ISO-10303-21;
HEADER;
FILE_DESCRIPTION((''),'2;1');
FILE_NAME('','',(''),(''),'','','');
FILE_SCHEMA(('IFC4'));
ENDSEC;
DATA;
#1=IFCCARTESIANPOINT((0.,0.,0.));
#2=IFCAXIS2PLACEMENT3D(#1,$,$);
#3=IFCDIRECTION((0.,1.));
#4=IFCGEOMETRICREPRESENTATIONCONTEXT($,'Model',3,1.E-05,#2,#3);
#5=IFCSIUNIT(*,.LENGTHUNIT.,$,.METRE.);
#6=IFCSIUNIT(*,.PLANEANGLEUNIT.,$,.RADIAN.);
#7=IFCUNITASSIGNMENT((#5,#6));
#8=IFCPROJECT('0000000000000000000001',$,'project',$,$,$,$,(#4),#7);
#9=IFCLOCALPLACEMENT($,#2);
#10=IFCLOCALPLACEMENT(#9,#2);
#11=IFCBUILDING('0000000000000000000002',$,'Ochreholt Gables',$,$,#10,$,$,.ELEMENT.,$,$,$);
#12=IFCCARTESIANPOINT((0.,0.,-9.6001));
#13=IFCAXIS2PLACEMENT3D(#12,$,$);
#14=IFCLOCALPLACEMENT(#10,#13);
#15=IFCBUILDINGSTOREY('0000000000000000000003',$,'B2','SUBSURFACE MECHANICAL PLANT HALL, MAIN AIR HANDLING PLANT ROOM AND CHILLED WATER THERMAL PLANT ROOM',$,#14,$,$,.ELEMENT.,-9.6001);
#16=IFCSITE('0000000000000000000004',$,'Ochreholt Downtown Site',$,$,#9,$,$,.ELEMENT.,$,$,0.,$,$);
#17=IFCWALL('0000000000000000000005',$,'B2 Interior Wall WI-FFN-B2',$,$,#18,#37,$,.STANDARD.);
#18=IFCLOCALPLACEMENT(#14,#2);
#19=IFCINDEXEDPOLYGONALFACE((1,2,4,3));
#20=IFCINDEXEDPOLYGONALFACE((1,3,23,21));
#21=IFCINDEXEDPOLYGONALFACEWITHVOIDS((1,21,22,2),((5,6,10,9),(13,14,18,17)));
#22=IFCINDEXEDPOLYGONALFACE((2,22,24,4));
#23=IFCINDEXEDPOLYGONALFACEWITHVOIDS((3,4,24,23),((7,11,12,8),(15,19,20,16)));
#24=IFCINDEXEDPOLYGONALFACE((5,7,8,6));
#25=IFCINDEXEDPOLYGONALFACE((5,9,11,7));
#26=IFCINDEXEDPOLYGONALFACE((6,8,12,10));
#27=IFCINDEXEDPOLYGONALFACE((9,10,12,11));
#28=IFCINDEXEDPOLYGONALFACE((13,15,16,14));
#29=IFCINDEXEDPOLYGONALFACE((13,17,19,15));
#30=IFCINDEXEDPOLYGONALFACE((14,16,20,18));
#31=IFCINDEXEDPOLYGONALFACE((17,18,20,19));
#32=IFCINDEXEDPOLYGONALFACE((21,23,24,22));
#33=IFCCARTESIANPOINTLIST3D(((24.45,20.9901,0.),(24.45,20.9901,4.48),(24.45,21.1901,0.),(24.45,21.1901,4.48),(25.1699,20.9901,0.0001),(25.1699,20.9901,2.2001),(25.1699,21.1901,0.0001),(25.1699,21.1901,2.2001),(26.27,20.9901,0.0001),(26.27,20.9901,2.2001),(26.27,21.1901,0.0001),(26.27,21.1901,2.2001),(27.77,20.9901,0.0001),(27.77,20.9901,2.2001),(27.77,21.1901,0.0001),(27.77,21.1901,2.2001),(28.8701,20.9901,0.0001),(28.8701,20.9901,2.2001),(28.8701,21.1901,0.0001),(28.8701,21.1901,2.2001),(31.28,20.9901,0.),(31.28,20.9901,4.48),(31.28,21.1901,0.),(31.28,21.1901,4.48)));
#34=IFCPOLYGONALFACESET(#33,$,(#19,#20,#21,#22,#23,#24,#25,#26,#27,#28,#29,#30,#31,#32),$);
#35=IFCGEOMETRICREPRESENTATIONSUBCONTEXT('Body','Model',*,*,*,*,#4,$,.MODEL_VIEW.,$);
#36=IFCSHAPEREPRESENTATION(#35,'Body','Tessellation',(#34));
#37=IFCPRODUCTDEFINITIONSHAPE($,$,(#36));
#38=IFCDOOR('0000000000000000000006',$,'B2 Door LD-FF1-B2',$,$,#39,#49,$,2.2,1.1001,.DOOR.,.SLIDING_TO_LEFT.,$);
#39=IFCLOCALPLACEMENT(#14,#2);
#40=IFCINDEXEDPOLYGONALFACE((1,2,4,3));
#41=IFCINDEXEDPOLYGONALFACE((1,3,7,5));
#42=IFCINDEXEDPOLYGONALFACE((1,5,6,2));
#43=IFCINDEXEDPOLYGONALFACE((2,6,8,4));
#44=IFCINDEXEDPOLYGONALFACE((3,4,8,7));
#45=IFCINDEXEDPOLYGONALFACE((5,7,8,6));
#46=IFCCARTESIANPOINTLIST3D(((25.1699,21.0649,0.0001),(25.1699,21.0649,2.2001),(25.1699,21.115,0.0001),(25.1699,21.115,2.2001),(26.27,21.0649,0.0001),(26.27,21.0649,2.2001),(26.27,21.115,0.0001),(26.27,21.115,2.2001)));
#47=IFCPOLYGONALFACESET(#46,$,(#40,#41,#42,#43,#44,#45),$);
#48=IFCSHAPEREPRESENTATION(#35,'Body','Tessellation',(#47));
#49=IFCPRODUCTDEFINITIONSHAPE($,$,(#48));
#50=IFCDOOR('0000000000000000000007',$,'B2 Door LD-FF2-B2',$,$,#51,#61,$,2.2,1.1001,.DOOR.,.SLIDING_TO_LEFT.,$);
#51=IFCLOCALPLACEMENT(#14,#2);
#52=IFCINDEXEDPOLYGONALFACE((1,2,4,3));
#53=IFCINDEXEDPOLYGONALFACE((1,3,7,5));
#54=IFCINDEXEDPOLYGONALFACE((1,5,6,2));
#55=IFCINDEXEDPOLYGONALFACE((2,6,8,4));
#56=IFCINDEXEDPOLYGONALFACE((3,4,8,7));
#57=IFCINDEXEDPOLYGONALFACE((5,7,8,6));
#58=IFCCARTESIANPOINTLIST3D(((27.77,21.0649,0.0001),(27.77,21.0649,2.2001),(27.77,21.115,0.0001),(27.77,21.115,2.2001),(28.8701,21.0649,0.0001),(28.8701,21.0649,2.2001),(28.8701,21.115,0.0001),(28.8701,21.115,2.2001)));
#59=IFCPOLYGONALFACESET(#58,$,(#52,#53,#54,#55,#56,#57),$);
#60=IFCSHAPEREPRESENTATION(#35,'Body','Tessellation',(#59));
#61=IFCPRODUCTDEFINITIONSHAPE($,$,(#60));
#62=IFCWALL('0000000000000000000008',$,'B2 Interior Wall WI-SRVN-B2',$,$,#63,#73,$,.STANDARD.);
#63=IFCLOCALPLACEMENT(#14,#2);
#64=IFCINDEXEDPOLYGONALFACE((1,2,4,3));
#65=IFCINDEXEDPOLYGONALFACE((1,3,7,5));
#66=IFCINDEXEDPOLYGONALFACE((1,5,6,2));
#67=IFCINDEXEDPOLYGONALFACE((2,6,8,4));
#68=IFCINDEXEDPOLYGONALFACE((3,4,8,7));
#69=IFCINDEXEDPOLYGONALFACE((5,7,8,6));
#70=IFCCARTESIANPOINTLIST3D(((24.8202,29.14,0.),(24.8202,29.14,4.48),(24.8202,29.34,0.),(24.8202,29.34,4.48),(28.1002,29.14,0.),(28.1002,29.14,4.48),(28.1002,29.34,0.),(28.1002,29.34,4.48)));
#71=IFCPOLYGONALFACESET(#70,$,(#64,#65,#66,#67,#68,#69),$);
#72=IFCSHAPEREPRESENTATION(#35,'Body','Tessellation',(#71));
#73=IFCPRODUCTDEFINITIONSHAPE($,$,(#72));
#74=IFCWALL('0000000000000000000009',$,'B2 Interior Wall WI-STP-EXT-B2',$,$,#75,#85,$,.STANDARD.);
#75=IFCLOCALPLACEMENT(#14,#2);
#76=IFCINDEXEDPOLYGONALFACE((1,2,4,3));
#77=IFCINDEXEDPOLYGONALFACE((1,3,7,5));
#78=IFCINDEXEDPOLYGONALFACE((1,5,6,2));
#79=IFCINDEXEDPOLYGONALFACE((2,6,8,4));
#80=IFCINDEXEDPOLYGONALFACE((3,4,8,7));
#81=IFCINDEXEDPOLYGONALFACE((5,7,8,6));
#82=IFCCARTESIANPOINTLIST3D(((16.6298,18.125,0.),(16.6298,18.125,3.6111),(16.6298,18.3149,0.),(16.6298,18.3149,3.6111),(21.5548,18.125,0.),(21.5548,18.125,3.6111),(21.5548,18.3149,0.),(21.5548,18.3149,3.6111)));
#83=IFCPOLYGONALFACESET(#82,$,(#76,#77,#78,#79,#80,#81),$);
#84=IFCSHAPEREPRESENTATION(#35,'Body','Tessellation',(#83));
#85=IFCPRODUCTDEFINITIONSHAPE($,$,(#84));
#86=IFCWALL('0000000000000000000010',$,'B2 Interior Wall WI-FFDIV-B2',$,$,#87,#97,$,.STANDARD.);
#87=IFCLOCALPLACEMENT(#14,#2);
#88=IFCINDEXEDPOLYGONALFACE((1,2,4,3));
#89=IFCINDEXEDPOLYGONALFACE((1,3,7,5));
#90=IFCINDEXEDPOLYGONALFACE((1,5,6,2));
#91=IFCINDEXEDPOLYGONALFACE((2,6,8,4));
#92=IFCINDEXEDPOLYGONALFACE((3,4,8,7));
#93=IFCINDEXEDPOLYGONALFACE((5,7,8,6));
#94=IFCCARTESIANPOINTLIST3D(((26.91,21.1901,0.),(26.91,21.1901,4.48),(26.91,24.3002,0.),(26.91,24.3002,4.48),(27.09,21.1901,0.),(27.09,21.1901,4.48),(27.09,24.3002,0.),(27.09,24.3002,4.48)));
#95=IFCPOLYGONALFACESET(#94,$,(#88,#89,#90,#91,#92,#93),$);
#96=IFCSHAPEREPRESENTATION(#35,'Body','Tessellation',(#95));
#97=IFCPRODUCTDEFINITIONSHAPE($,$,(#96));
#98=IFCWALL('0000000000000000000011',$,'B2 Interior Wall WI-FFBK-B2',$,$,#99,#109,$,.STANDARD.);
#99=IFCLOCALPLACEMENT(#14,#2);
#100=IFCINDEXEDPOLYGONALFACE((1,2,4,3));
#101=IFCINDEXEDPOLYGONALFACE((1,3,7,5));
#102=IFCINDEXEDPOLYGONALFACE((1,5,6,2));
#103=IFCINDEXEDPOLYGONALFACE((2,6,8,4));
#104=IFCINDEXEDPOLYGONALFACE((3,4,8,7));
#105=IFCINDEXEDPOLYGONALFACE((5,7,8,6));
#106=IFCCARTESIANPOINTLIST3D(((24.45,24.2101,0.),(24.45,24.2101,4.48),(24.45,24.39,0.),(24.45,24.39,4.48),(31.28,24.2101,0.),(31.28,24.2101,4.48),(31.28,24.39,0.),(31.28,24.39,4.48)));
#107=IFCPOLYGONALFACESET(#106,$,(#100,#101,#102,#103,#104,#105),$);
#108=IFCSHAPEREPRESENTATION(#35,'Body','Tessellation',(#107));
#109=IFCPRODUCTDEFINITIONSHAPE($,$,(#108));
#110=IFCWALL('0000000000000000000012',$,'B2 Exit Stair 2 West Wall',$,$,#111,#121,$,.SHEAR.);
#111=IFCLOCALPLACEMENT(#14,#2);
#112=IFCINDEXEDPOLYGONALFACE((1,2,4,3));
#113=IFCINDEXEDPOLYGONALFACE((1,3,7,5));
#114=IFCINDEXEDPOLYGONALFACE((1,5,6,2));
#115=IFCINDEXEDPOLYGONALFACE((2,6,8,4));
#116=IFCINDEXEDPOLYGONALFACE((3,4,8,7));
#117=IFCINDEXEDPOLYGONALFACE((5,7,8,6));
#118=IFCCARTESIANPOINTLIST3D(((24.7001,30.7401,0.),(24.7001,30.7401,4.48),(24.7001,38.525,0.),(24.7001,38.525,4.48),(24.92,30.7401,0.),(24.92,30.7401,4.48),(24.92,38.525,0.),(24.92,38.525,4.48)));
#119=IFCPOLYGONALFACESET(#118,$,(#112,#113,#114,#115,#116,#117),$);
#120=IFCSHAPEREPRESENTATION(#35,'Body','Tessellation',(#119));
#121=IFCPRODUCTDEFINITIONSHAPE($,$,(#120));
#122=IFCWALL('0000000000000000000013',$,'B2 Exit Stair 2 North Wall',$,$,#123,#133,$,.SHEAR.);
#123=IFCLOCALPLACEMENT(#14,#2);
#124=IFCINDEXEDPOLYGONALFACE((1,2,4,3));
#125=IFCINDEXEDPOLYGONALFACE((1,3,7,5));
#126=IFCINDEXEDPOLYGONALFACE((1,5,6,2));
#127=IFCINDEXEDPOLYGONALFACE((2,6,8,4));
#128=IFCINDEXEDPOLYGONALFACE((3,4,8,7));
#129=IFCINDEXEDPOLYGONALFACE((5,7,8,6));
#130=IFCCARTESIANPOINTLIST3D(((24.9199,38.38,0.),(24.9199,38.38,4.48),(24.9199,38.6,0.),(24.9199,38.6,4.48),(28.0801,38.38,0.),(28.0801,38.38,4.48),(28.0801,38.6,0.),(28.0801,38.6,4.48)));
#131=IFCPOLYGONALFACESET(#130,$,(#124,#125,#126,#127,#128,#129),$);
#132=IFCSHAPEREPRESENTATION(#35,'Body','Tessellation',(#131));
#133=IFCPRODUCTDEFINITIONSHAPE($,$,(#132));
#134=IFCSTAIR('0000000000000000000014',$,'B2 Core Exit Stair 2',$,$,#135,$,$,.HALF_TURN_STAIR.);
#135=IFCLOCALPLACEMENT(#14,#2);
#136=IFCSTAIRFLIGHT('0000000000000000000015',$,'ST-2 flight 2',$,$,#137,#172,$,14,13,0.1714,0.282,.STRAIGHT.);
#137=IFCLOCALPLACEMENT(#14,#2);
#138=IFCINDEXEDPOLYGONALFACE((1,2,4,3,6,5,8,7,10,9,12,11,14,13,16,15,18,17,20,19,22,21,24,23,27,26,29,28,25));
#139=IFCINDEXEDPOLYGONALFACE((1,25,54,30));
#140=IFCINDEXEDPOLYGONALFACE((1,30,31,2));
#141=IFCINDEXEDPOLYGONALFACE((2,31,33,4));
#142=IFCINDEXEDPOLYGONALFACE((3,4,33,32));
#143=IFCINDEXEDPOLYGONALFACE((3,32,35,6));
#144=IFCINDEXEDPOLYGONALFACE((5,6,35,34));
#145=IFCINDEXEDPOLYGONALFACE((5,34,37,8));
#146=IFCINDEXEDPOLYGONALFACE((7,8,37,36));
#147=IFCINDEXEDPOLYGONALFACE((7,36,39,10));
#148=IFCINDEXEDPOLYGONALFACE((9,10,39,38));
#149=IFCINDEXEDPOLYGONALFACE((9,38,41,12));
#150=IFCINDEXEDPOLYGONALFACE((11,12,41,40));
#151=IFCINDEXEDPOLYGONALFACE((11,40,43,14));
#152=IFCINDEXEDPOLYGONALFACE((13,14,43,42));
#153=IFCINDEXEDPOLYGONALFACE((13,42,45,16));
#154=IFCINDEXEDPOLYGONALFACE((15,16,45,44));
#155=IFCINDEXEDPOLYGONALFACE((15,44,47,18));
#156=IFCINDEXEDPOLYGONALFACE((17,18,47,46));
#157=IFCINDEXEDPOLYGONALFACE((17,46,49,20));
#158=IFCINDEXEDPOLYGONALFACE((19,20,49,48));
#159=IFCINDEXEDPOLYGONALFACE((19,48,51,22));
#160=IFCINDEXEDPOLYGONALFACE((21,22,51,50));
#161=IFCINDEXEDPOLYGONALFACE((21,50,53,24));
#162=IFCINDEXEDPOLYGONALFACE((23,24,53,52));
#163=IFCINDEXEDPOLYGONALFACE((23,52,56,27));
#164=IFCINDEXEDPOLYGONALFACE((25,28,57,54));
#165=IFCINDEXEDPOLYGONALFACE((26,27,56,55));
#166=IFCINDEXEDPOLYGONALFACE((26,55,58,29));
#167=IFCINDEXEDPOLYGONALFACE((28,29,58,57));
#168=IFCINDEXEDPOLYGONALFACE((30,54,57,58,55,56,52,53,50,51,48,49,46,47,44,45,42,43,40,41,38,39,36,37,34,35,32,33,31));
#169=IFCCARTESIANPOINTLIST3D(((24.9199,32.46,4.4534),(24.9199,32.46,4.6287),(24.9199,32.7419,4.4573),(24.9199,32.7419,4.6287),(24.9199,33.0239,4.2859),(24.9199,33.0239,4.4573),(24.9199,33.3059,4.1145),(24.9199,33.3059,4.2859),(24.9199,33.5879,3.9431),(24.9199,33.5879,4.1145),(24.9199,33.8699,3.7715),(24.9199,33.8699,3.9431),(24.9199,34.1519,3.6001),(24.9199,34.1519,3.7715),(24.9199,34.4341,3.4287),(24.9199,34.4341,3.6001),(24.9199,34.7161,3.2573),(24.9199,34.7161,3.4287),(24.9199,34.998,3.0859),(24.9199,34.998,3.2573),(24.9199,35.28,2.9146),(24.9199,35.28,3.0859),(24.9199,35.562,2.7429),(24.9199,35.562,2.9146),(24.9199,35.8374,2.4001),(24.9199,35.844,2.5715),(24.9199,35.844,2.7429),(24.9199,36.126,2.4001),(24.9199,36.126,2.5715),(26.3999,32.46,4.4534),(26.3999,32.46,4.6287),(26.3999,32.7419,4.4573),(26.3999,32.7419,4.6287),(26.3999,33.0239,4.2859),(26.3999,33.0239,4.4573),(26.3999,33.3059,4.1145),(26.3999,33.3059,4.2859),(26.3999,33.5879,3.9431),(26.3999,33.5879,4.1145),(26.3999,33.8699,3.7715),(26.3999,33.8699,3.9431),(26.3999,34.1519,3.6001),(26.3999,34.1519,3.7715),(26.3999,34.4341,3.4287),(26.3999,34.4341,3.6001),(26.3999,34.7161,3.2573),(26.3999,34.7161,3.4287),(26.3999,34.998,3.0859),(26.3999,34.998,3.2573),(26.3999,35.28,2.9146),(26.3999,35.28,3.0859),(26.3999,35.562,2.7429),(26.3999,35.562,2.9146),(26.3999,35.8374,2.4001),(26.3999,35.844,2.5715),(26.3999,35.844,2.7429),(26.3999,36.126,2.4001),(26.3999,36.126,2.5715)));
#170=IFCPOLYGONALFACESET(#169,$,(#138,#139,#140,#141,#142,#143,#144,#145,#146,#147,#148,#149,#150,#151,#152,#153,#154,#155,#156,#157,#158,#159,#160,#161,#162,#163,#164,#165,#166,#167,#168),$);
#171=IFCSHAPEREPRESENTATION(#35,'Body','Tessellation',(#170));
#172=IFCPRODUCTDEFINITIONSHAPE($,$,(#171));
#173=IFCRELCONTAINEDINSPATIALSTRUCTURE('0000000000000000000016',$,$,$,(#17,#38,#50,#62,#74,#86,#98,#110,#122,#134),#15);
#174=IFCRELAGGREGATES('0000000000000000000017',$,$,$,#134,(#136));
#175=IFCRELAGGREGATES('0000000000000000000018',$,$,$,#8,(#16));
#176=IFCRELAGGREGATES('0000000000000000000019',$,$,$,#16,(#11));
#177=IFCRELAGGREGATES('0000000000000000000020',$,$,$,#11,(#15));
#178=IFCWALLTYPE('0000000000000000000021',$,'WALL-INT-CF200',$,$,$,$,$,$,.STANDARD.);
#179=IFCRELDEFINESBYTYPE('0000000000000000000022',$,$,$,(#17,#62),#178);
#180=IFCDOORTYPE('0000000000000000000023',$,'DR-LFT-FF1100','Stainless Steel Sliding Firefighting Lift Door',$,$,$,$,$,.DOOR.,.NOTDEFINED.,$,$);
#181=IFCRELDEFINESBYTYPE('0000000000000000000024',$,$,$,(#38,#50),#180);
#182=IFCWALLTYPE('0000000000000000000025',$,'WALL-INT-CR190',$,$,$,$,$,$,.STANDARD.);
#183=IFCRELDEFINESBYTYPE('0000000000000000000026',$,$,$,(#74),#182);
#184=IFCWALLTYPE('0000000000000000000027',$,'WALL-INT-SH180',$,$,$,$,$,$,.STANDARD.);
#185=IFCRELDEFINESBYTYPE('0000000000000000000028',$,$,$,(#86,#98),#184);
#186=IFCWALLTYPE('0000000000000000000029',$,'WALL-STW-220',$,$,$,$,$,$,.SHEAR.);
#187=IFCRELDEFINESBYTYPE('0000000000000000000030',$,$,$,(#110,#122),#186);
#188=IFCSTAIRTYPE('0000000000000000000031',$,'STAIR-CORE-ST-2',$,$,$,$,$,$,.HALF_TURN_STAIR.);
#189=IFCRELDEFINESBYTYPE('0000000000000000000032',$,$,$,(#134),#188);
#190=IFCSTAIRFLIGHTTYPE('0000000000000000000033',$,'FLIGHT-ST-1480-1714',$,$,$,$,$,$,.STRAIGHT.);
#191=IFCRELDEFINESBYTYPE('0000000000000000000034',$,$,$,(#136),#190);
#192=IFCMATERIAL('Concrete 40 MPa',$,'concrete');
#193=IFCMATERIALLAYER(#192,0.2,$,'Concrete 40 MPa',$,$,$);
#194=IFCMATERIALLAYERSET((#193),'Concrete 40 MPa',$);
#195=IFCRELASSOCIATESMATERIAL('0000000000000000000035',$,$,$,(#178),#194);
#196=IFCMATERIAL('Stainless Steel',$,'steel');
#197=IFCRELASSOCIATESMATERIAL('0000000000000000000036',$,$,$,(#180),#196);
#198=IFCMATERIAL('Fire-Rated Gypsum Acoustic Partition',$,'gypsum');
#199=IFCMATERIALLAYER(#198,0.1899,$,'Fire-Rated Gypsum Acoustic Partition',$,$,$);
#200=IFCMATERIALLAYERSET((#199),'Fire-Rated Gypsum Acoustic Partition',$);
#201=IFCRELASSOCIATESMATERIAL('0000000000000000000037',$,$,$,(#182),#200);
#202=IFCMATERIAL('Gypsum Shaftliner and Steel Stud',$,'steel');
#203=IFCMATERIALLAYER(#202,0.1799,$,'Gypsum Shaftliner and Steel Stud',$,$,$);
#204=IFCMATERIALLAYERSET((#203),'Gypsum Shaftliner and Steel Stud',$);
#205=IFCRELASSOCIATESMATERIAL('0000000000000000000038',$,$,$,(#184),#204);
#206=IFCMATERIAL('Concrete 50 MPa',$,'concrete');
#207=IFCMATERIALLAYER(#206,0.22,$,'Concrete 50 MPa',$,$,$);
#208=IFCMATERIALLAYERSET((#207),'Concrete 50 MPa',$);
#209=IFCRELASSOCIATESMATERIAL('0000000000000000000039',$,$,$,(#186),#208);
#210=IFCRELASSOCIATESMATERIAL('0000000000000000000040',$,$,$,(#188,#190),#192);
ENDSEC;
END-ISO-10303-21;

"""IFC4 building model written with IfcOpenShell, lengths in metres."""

from ifc_helpers import new_model, si_unit, direction, frame, frame_2d, origin, place, context, subcontext, project, spatial, polyline, rectangle, outline, extrude, material, layer, layer_set, type_object, element, fill, aggregate, save


model = new_model("IFC4")

# Units and contexts
model_context = context("Model", 3, precision=1e-05, world=origin(), true_north=direction((0.0, 1.0)))
body_context = subcontext(model_context, "Body", "Model", "MODEL_VIEW")
ifc_project = project(units=[si_unit("LENGTHUNIT", "METRE"), si_unit("PLANEANGLEUNIT", "RADIAN")], contexts=[model_context])

# Site, building, storey
site_placement = place(None, origin())
site = spatial("IfcSite", under=ifc_project, at=site_placement, Name="Ochreholt Downtown Site", CompositionType="ELEMENT", RefElevation=0.0)
building_placement = place(site_placement, origin())
building = spatial("IfcBuilding", under=site, at=building_placement, Name="Ochreholt Gables", CompositionType="ELEMENT")
storey_placement = place(building_placement, frame((0.0, 0.0, -9.6001)))
storey = spatial("IfcBuildingStorey", under=building, at=storey_placement, Name="B2", Description="SUBSURFACE MECHANICAL PLANT HALL, MAIN AIR HANDLING PLANT ROOM AND CHILLED WATER THERMAL PLANT ROOM", CompositionType="ELEMENT", Elevation=-9.6001)

# Shared definitions
ifc_material_1 = material(Name="Concrete 50 MPa", Category="concrete")

# Wall, openings, doors
ifc_material_2 = material(Name="Concrete 40 MPa", Category="concrete")
ifc_layer_1 = layer(ifc_material_2, 0.2, Name="Concrete 40 MPa")
ifc_layer_set_1 = layer_set([ifc_layer_1], Name="Concrete 40 MPa")
wall_type_1 = type_object("IfcWallType", Name="WALL-INT-CF200", PredefinedType="STANDARD", material=ifc_layer_set_1)
wall_1_placement = place(storey_placement, frame((24.45, 21.0901, 0.0), z_axis=(0.0, 0.0, 1.0), x_axis=(1.0, 0.0, 0.0)))
wall_1 = element("IfcWall", 1, at=wall_1_placement, inside=storey, type_object=wall_type_1, Name="B2 Interior Wall WI-FFN-B2", PredefinedType="STANDARD", context=body_context, shape_type="SweptSolid", body=[
    extrude(rectangle(XDim=6.8301, YDim=0.2, at=frame_2d((3.415, 0.0))), origin(), (0.0, 0.0, 1.0), 4.48),
])
opening_1_placement = place(wall_1_placement, frame((0.72, 0.0, 0.0)))
opening_1 = element("IfcOpeningElement", 2, at=opening_1_placement, cuts=wall_1, PredefinedType="OPENING", context=body_context, shape_type="SweptSolid", body=[
    extrude(rectangle(XDim=1.1001, YDim=2.2, at=frame_2d((0.55, 1.1001))), frame((0.0, 0.1099, 0.0), z_axis=(0.0, -1.0, 0.0), x_axis=(1.0, 0.0, 0.0)), (0.0, 0.0, 1.0), 0.22),
])
opening_2_placement = place(wall_1_placement, frame((3.3201, 0.0, 0.0)))
opening_2 = element("IfcOpeningElement", 3, at=opening_2_placement, cuts=wall_1, PredefinedType="OPENING", context=body_context, shape_type="SweptSolid", body=[
    extrude(rectangle(XDim=1.1001, YDim=2.2, at=frame_2d((0.55, 1.1001))), frame((0.0, 0.1099, 0.0), z_axis=(0.0, -1.0, 0.0), x_axis=(1.0, 0.0, 0.0)), (0.0, 0.0, 1.0), 0.22),
])
ifc_material_3 = material(Name="Stainless Steel", Category="steel")
door_type_1 = type_object("IfcDoorType", Name="DR-LFT-FF1100", Description="Stainless Steel Sliding Firefighting Lift Door", OperationType="NOTDEFINED", PredefinedType="DOOR", material=ifc_material_3)
door_1_placement = place(opening_1_placement, origin())
door_1 = element("IfcDoor", 4, at=door_1_placement, inside=storey, type_object=door_type_1, Name="B2 Door LD-FF1-B2", OperationType="SLIDING_TO_LEFT", OverallHeight=2.2, OverallWidth=1.1001, PredefinedType="DOOR", context=body_context, shape_type="SweptSolid", body=[
    extrude(rectangle(XDim=1.1001, YDim=2.2, at=frame_2d((0.55, 1.1001))), frame((0.0, 0.0249, 0.0), z_axis=(0.0, -1.0, 0.0), x_axis=(1.0, 0.0, 0.0)), (0.0, 0.0, 1.0), 0.05),
])
fill(opening_1, door_1)
door_2_placement = place(opening_2_placement, origin())
door_2 = element("IfcDoor", 5, at=door_2_placement, inside=storey, type_object=door_type_1, Name="B2 Door LD-FF2-B2", OperationType="SLIDING_TO_LEFT", OverallHeight=2.2, OverallWidth=1.1001, PredefinedType="DOOR", context=body_context, shape_type="SweptSolid", body=[
    extrude(rectangle(XDim=1.1001, YDim=2.2, at=frame_2d((0.55, 1.1001))), frame((0.0, 0.0249, 0.0), z_axis=(0.0, -1.0, 0.0), x_axis=(1.0, 0.0, 0.0)), (0.0, 0.0, 1.0), 0.05),
])
fill(opening_2, door_2)

# Walls
wall_2_placement = place(storey_placement, frame((24.8201, 29.24, 0.0), z_axis=(0.0, 0.0, 1.0), x_axis=(1.0, 0.0, 0.0)))
element("IfcWall", 6, at=wall_2_placement, inside=storey, type_object=wall_type_1, Name="B2 Interior Wall WI-SRVN-B2", PredefinedType="STANDARD", context=body_context, shape_type="SweptSolid", body=[
    extrude(rectangle(XDim=3.28, YDim=0.2, at=frame_2d((1.6401, 0.0))), origin(), (0.0, 0.0, 1.0), 4.48),
])
ifc_material_4 = material(Name="Fire-Rated Gypsum Acoustic Partition", Category="gypsum")
ifc_layer_2 = layer(ifc_material_4, 0.1899, Name="Fire-Rated Gypsum Acoustic Partition")
ifc_layer_set_2 = layer_set([ifc_layer_2], Name="Fire-Rated Gypsum Acoustic Partition")
wall_type_2 = type_object("IfcWallType", Name="WALL-INT-CR190", PredefinedType="STANDARD", material=ifc_layer_set_2)
wall_3_placement = place(storey_placement, frame((16.6299, 18.22, 0.0), z_axis=(0.0, 0.0, 1.0), x_axis=(1.0, 0.0, 0.0)))
element("IfcWall", 7, at=wall_3_placement, inside=storey, type_object=wall_type_2, Name="B2 Interior Wall WI-STP-EXT-B2", PredefinedType="STANDARD", context=body_context, shape_type="SweptSolid", body=[
    extrude(rectangle(XDim=4.925, YDim=0.1899, at=frame_2d((2.4624, 0.0))), origin(), (0.0, 0.0, 1.0), 3.6111),
])
ifc_material_5 = material(Name="Gypsum Shaftliner and Steel Stud", Category="steel")
ifc_layer_3 = layer(ifc_material_5, 0.1799, Name="Gypsum Shaftliner and Steel Stud")
ifc_layer_set_3 = layer_set([ifc_layer_3], Name="Gypsum Shaftliner and Steel Stud")
wall_type_3 = type_object("IfcWallType", Name="WALL-INT-SH180", PredefinedType="STANDARD", material=ifc_layer_set_3)
wall_4_placement = place(storey_placement, frame((27.0, 21.1899, 0.0), z_axis=(0.0, 0.0, 1.0), x_axis=(0.0, 1.0, 0.0)))
element("IfcWall", 8, at=wall_4_placement, inside=storey, type_object=wall_type_3, Name="B2 Interior Wall WI-FFDIV-B2", PredefinedType="STANDARD", context=body_context, shape_type="SweptSolid", body=[
    extrude(rectangle(XDim=3.1101, YDim=0.1799, at=frame_2d((1.5552, 0.0))), origin(), (0.0, 0.0, 1.0), 4.48),
])
wall_5_placement = place(storey_placement, frame((24.45, 24.3, 0.0), z_axis=(0.0, 0.0, 1.0), x_axis=(1.0, 0.0, 0.0)))
element("IfcWall", 9, at=wall_5_placement, inside=storey, type_object=wall_type_3, Name="B2 Interior Wall WI-FFBK-B2", PredefinedType="STANDARD", context=body_context, shape_type="SweptSolid", body=[
    extrude(rectangle(XDim=6.8301, YDim=0.1799, at=frame_2d((3.415, 0.0))), origin(), (0.0, 0.0, 1.0), 4.48),
])
ifc_layer_4 = layer(ifc_material_1, 0.22, Name="Concrete 50 MPa")
ifc_layer_set_4 = layer_set([ifc_layer_4], Name="Concrete 50 MPa")
wall_type_4 = type_object("IfcWallType", Name="WALL-STW-220", PredefinedType="SHEAR", material=ifc_layer_set_4)
wall_6_placement = place(storey_placement, frame((24.8101, 30.74, 0.0), z_axis=(0.0, 0.0, 1.0), x_axis=(0.0, 1.0, 0.0)))
element("IfcWall", 10, at=wall_6_placement, inside=storey, type_object=wall_type_4, Name="B2 Exit Stair 2 West Wall", PredefinedType="SHEAR", context=body_context, shape_type="SweptSolid", body=[
    extrude(rectangle(XDim=7.7849, YDim=0.22, at=frame_2d((3.8926, 0.0))), origin(), (0.0, 0.0, 1.0), 4.48),
])

# Wall
wall_7_placement = place(storey_placement, frame((24.9199, 38.49, 0.0), z_axis=(0.0, 0.0, 1.0), x_axis=(1.0, 0.0, 0.0)))
element("IfcWall", 11, at=wall_7_placement, inside=storey, type_object=wall_type_4, Name="B2 Exit Stair 2 North Wall", PredefinedType="SHEAR", context=body_context, shape_type="SweptSolid", body=[
    extrude(rectangle(XDim=3.1602, YDim=0.22, at=frame_2d((1.5801, 0.0))), origin(), (0.0, 0.0, 1.0), 4.48),
])

# Stair, stair flight
stair_type = type_object("IfcStairType", Name="STAIR-CORE-ST-2", PredefinedType="HALF_TURN_STAIR", material=ifc_material_2)
stair_placement = place(storey_placement, origin())
stair = element("IfcStair", 12, at=stair_placement, inside=storey, type_object=stair_type, Name="B2 Core Exit Stair 2", PredefinedType="HALF_TURN_STAIR")
stair_flight_type = type_object("IfcStairFlightType", Name="FLIGHT-ST-1480-1714", PredefinedType="STRAIGHT", material=ifc_material_2)
stair_flight_placement = place(storey_placement, frame((25.6599, 36.126, 2.4001), z_axis=(0.0, 0.0, 1.0), x_axis=(0.0, -1.0, 0.0)))
stair_flight = element("IfcStairFlight", 13, at=stair_flight_placement, type_object=stair_flight_type, Name="ST-2 flight 2", NumberOfRisers=14, NumberOfTreads=13, PredefinedType="STRAIGHT", RiserHeight=0.1714, TreadLength=0.282, context=body_context, shape_type="SweptSolid", body=[
    extrude(outline(polyline([(0.0, 0.0), (0.0, 0.1714), (0.282, 0.1714), (0.282, 0.3428), (0.564, 0.3428), (0.564, 0.5144), (0.8459, 0.5144), (0.8459, 0.6858), (1.1279, 0.6858), (1.1279, 0.8572), (1.4099, 0.8572), (1.4099, 1.0286), (1.6919, 1.0286), (1.6919, 1.2), (1.9741, 1.2), (1.9741, 1.3713), (2.2561, 1.3713), (2.2561, 1.543), (2.5381, 1.543), (2.5381, 1.7144), (2.8201, 1.7144), (2.8201, 1.8857), (3.1021, 1.8857), (3.1021, 2.0571), (3.384, 2.0571), (3.384, 2.2285), (3.666, 2.2285), (3.666, 2.3999), (3.666, 2.0532), (0.2886, 0.0), (0.0, 0.0)])), frame((0.0, 0.74, 0.0), z_axis=(0.0, -1.0, 0.0), x_axis=(1.0, 0.0, 0.0)), (0.0, 0.0, 1.0), 1.48),
])
aggregate(stair, [stair_flight])

save(model, "model.ifc")
